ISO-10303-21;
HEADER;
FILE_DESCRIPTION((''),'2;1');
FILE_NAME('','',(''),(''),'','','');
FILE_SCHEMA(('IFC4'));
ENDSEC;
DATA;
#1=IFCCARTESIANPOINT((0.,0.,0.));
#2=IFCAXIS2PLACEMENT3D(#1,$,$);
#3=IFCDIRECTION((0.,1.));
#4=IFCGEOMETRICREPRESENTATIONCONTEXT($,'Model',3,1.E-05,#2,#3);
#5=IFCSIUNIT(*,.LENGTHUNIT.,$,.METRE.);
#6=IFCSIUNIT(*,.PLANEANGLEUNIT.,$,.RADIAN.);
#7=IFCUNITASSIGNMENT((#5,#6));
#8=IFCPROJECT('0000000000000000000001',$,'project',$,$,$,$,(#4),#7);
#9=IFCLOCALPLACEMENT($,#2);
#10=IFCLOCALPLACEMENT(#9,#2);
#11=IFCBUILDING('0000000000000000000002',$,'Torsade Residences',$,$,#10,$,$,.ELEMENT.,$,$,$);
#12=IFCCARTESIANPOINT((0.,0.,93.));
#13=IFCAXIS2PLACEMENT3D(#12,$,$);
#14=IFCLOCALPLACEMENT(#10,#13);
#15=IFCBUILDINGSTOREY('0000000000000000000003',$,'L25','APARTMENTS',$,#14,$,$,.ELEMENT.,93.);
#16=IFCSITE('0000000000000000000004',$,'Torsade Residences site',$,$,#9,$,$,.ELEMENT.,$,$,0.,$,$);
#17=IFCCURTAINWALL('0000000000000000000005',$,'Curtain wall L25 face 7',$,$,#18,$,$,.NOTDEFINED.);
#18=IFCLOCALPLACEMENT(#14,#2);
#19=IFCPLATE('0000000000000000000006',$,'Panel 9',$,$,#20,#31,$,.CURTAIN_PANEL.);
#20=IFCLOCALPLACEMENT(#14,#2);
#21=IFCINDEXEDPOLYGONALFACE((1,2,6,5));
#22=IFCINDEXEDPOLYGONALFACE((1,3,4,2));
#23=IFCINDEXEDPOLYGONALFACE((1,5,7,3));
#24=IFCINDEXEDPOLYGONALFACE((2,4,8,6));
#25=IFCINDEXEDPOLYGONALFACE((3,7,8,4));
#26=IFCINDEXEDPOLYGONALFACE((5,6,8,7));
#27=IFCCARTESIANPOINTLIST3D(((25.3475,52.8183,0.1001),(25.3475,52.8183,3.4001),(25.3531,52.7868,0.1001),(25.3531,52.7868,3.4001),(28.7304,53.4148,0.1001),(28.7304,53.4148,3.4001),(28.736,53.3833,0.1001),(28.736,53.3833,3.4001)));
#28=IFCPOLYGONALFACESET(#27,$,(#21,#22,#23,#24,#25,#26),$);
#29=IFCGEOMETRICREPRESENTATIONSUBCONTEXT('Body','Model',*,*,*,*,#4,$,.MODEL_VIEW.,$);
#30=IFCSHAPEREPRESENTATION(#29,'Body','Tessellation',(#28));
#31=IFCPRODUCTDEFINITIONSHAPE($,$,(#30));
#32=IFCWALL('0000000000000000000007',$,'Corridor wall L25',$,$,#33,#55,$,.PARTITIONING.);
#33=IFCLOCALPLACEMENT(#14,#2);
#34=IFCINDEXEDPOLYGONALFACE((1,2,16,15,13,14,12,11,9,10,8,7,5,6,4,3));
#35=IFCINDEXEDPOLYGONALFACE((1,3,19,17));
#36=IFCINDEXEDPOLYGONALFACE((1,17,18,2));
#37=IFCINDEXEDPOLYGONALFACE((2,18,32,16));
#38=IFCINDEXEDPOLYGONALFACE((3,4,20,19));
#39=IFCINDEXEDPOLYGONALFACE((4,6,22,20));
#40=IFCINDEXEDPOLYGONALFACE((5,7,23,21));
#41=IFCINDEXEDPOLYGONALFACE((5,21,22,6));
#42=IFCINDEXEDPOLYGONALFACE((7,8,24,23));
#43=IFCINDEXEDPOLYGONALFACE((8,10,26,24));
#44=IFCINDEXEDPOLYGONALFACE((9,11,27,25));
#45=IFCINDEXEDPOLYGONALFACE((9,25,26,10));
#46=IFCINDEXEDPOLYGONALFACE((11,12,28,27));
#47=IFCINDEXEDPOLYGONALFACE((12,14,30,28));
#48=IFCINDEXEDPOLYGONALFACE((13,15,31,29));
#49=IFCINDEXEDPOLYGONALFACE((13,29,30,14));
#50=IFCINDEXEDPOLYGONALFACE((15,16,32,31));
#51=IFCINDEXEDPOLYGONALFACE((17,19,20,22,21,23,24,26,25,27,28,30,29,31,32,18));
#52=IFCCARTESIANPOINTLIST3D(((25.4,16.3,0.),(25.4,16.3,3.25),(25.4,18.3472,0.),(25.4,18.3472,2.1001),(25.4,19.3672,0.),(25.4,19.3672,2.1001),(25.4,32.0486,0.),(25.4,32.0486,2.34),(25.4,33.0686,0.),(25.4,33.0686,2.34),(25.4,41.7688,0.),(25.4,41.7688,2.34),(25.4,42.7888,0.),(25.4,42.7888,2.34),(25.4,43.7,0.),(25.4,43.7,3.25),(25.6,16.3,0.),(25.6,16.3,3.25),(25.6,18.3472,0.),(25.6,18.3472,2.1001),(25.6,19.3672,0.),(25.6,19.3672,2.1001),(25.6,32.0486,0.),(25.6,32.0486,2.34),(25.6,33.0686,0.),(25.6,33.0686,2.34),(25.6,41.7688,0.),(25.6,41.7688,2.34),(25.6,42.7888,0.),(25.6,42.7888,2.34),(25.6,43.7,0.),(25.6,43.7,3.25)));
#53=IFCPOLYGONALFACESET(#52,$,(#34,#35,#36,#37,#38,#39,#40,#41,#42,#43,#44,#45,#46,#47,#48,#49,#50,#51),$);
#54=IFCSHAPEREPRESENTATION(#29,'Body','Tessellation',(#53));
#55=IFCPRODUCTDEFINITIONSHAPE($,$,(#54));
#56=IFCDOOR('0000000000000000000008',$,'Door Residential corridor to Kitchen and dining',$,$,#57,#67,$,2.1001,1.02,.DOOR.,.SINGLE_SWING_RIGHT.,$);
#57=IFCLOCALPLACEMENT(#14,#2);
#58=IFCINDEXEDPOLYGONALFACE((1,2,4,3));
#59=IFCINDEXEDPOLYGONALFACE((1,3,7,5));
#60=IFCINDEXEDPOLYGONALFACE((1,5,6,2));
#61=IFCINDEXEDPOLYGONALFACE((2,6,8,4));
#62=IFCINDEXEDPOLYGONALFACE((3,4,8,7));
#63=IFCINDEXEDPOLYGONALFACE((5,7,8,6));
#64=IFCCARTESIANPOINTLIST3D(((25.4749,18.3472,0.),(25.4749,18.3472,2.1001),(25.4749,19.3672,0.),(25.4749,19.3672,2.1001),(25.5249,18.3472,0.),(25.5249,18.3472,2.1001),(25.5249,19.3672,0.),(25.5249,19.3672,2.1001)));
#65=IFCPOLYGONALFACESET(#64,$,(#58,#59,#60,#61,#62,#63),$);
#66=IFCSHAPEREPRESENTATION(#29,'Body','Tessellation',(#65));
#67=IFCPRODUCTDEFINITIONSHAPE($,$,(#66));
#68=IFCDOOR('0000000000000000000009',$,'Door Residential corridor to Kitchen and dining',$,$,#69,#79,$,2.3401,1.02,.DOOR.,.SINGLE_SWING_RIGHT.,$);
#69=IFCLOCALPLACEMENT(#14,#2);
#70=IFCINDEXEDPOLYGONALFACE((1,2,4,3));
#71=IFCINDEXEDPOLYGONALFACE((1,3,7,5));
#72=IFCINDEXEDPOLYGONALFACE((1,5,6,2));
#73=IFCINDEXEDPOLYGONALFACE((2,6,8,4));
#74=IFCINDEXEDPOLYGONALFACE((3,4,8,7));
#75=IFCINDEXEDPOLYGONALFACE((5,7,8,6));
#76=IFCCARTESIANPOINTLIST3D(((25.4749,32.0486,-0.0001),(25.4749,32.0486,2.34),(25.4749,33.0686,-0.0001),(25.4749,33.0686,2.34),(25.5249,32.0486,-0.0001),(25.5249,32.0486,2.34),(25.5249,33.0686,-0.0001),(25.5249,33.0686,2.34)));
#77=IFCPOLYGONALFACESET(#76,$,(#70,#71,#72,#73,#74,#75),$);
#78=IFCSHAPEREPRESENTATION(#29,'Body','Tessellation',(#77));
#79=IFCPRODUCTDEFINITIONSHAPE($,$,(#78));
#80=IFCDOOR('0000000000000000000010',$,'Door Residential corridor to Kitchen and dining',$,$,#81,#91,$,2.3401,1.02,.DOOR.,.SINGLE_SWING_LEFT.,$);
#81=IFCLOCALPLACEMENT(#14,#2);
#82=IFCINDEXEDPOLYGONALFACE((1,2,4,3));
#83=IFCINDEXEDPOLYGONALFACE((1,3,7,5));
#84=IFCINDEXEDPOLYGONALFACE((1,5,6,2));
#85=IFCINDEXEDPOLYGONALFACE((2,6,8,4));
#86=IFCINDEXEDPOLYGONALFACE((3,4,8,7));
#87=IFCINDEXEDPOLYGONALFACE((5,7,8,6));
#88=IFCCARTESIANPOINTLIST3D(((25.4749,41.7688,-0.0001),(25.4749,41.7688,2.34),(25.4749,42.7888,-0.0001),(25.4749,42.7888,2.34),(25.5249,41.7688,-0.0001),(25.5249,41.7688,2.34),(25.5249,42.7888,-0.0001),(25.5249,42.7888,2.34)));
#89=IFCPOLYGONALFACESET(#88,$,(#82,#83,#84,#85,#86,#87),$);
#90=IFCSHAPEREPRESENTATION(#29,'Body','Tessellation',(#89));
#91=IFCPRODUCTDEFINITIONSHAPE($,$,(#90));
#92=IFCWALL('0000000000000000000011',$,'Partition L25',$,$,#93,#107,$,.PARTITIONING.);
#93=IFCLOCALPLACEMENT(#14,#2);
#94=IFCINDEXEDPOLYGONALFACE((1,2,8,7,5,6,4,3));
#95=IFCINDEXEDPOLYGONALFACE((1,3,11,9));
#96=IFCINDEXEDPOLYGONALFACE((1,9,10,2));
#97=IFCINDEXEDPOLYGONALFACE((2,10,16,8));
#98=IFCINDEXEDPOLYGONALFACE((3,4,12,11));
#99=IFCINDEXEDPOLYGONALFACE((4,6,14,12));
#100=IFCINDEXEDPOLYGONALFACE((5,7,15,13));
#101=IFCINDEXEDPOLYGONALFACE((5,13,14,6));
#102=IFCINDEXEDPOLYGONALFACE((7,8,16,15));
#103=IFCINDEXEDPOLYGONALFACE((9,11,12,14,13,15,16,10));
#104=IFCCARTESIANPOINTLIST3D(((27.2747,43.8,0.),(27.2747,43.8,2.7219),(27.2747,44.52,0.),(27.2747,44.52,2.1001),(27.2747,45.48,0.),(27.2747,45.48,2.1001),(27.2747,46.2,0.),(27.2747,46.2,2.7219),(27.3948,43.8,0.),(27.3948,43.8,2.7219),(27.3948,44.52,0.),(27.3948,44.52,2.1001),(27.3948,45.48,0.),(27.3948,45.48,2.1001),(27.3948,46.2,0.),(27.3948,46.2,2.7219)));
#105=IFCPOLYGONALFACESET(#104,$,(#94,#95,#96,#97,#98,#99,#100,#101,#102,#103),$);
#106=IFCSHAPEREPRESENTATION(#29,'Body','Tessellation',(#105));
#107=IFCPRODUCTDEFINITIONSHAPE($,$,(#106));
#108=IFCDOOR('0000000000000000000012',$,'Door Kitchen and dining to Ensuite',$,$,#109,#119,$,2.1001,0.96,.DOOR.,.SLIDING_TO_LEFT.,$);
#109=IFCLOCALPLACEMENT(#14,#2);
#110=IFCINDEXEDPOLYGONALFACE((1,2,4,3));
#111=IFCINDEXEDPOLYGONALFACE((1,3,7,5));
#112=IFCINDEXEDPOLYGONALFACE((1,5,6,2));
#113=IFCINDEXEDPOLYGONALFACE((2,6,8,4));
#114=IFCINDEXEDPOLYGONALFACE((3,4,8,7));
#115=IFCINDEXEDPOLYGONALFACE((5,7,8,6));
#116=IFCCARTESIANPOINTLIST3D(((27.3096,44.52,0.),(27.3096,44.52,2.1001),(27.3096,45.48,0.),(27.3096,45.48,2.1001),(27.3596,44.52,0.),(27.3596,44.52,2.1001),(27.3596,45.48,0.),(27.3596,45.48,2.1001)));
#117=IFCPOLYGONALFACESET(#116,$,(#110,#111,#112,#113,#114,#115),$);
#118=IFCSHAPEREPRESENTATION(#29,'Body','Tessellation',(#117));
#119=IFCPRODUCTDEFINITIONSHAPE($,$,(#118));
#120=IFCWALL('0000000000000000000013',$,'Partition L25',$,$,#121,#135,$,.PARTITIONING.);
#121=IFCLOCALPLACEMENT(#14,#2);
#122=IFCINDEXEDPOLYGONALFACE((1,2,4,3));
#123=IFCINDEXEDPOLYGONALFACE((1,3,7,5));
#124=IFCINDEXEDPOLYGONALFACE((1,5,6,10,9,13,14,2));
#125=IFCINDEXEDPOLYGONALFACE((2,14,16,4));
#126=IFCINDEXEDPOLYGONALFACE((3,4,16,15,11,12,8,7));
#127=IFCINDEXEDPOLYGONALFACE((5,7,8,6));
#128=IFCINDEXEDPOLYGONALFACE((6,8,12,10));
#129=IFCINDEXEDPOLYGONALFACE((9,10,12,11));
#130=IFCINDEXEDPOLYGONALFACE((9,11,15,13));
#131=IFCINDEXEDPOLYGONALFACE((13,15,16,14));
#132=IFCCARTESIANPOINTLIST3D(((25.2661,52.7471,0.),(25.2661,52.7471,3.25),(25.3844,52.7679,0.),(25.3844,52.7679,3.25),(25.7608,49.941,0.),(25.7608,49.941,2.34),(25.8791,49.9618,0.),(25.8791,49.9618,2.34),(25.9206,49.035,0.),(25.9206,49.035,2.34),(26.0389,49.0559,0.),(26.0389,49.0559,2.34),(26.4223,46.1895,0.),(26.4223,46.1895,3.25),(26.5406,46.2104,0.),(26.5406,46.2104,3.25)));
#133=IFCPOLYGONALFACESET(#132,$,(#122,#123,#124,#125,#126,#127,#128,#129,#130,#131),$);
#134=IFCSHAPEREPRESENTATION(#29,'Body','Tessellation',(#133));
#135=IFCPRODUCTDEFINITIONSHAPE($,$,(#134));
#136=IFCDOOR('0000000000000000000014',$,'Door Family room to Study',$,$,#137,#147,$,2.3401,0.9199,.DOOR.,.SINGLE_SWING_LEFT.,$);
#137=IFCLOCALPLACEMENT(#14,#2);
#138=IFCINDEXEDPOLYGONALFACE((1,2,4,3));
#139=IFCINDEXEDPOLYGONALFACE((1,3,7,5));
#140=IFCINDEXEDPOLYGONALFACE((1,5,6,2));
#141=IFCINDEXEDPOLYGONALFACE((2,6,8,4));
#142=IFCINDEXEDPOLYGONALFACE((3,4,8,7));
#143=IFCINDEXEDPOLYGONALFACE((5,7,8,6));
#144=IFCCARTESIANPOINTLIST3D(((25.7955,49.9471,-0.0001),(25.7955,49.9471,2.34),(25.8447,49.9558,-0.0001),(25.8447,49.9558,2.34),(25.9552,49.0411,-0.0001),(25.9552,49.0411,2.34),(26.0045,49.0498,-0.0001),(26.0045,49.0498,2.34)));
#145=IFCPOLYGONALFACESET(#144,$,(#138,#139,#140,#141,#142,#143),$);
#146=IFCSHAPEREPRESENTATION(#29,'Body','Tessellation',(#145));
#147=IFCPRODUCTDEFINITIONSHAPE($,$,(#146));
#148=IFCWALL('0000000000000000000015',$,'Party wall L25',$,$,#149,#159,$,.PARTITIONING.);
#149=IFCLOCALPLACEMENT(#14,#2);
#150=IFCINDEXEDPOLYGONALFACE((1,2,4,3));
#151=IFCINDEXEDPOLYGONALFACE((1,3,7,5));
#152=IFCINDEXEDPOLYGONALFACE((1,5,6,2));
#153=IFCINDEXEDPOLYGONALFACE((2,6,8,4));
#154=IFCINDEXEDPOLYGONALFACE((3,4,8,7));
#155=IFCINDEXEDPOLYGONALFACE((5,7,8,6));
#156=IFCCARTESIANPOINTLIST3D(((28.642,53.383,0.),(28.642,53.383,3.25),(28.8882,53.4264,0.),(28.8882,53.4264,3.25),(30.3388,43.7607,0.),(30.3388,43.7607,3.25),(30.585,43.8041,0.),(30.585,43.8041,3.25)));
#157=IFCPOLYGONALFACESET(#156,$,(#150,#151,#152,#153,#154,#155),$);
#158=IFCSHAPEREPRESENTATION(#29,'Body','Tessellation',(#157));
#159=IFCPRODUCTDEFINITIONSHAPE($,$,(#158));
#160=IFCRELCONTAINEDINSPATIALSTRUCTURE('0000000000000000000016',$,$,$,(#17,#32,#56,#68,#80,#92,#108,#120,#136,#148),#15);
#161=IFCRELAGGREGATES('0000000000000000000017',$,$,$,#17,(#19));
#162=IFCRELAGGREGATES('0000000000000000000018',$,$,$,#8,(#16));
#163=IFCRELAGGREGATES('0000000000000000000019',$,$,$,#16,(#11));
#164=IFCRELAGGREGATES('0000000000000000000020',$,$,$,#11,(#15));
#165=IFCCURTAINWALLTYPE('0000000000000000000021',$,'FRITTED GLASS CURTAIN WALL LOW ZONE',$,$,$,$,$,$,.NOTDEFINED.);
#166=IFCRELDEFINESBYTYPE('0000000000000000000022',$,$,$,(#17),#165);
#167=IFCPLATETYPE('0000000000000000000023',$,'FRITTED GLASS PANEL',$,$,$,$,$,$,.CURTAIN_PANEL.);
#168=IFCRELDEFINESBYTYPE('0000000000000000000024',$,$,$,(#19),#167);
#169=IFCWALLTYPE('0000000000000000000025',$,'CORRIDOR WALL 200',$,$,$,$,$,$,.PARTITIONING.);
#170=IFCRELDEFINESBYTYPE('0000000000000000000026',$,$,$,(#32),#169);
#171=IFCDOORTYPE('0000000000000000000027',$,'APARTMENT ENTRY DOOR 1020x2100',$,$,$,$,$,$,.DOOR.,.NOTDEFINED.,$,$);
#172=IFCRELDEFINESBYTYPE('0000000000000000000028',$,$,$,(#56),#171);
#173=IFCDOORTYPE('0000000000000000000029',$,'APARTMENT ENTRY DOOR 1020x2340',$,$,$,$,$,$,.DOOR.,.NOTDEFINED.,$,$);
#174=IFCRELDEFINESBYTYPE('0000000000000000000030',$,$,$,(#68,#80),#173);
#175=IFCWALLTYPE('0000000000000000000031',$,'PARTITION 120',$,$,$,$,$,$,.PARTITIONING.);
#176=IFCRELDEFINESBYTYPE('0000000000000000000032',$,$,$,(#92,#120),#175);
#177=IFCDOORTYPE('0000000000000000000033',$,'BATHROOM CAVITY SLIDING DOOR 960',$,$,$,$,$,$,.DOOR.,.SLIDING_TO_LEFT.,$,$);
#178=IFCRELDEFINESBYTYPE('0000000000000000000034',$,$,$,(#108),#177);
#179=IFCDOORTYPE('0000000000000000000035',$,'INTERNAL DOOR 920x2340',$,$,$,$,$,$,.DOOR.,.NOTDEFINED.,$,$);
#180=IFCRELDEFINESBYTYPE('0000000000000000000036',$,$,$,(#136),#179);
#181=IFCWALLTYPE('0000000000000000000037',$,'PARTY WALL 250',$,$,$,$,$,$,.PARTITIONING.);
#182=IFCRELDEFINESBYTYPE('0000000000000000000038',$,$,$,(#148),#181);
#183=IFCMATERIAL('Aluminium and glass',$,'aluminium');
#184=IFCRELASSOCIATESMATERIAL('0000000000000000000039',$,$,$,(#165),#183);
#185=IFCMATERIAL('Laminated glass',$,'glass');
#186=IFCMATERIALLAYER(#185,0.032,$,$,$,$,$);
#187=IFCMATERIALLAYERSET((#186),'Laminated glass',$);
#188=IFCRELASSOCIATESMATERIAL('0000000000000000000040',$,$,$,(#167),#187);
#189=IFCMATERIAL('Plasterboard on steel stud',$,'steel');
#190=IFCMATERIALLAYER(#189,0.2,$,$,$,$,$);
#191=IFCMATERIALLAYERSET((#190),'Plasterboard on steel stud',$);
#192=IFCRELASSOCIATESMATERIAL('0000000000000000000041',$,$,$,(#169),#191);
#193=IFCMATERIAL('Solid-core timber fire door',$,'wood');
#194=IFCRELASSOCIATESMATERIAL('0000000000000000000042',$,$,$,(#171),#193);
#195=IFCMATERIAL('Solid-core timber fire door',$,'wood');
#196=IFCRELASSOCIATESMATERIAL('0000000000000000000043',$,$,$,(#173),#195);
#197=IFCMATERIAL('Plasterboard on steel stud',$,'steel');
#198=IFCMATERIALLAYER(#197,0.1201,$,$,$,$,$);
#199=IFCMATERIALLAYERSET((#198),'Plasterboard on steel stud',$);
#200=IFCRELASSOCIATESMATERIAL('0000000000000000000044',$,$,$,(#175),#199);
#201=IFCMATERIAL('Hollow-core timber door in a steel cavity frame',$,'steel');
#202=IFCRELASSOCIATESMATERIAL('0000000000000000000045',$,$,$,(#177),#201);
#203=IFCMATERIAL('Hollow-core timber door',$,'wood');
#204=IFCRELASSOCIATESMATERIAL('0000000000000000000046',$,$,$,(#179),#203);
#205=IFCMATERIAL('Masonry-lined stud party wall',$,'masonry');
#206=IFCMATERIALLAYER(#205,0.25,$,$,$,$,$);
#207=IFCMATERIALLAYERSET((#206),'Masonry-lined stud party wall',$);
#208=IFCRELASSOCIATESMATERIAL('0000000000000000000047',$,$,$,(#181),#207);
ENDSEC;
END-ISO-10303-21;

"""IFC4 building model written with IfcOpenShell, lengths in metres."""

from ifc_helpers import new_model, si_unit, direction, frame, frame_2d, origin, origin_2d, place, context, subcontext, project, spatial, rectangle, extrude, material, layer, layer_set, type_object, element, fill, aggregate, save


model = new_model("IFC4")

# Units and contexts
model_context = context("Model", 3, precision=1e-05, world=origin(), true_north=direction((0.0, 1.0)))
body_context = subcontext(model_context, "Body", "Model", "MODEL_VIEW")
ifc_project = project(units=[si_unit("LENGTHUNIT", "METRE"), si_unit("PLANEANGLEUNIT", "RADIAN")], contexts=[model_context])

# Site, building, storey
site_placement = place(None, origin())
site = spatial("IfcSite", under=ifc_project, at=site_placement, Name="Torsade Residences site", CompositionType="ELEMENT", RefElevation=0.0)
building_placement = place(site_placement, origin())
building = spatial("IfcBuilding", under=site, at=building_placement, Name="Torsade Residences", CompositionType="ELEMENT")
storey_placement = place(building_placement, frame((0.0, 0.0, 93.0)))
storey = spatial("IfcBuildingStorey", under=building, at=storey_placement, Name="L25", Description="APARTMENTS", CompositionType="ELEMENT", Elevation=93.0)

# Curtain wall
ifc_material_1 = material(Name="Aluminium and glass", Category="aluminium")
curtain_wall_type = type_object("IfcCurtainWallType", Name="FRITTED GLASS CURTAIN WALL LOW ZONE", PredefinedType="NOTDEFINED", material=ifc_material_1)
curtain_wall_placement = place(storey_placement, origin())
curtain_wall = element("IfcCurtainWall", 1, at=curtain_wall_placement, inside=storey, type_object=curtain_wall_type, Name="Curtain wall L25 face 7", PredefinedType="NOTDEFINED")

# Plate
ifc_material_2 = material(Name="Laminated glass", Category="glass")
ifc_layer_1 = layer(ifc_material_2, 0.032)
ifc_layer_set_1 = layer_set([ifc_layer_1], Name="Laminated glass")
plate_type = type_object("IfcPlateType", Name="FRITTED GLASS PANEL", PredefinedType="CURTAIN_PANEL", material=ifc_layer_set_1)
plate_1_placement = place(storey_placement, frame((27.0417, 53.1008, 0.1001), z_axis=(0.0, 0.0, 1.0), x_axis=(-0.984808, -0.173648, 0.0)))
plate_1 = element("IfcPlate", 2, at=plate_1_placement, type_object=plate_type, Name="Panel 9", PredefinedType="CURTAIN_PANEL", context=body_context, shape_type="SweptSolid", body=[
    extrude(rectangle(XDim=3.4351, YDim=0.032, at=origin_2d()), origin(), (0.0, 0.0, 1.0), 3.3),
])
aggregate(curtain_wall, [plate_1])

# Wall, openings, doors
ifc_material_3 = material(Name="Plasterboard on steel stud", Category="steel")
ifc_layer_2 = layer(ifc_material_3, 0.2)
ifc_layer_set_2 = layer_set([ifc_layer_2], Name="Plasterboard on steel stud")
wall_type_1 = type_object("IfcWallType", Name="CORRIDOR WALL 200", PredefinedType="PARTITIONING", material=ifc_layer_set_2)
wall_1_placement = place(storey_placement, frame((25.5, 43.7, 0.0), z_axis=(0.0, 0.0, 1.0), x_axis=(0.0, -1.0, 0.0)))
wall_1 = element("IfcWall", 3, at=wall_1_placement, inside=storey, type_object=wall_type_1, Name="Corridor wall L25", PredefinedType="PARTITIONING", context=body_context, shape_type="SweptSolid", body=[
    extrude(rectangle(XDim=27.3999, YDim=0.2, at=frame_2d((13.7, 0.0))), origin(), (0.0, 0.0, 1.0), 3.25),
])
opening_1_placement = place(wall_1_placement, frame((24.3328, 0.0, 0.0)))
opening_1 = element("IfcOpeningElement", 4, at=opening_1_placement, cuts=wall_1, PredefinedType="OPENING", context=body_context, shape_type="SweptSolid", body=[
    extrude(rectangle(XDim=1.02, YDim=2.1001, at=frame_2d((0.51, 1.05))), frame((0.0, 0.1099, 0.0), z_axis=(0.0, -1.0, 0.0), x_axis=(1.0, 0.0, 0.0)), (0.0, 0.0, 1.0), 0.22),
])
opening_2_placement = place(wall_1_placement, frame((10.6313, 0.0, 0.0)))
opening_2 = element("IfcOpeningElement", 5, at=opening_2_placement, cuts=wall_1, PredefinedType="OPENING", context=body_context, shape_type="SweptSolid", body=[
    extrude(rectangle(XDim=1.02, YDim=2.3401, at=frame_2d((0.51, 1.1699))), frame((0.0, 0.1099, 0.0), z_axis=(0.0, -1.0, 0.0), x_axis=(1.0, 0.0, 0.0)), (0.0, 0.0, 1.0), 0.22),
])
opening_3_placement = place(wall_1_placement, frame((0.9111, 0.0, 0.0)))
opening_3 = element("IfcOpeningElement", 6, at=opening_3_placement, cuts=wall_1, PredefinedType="OPENING", context=body_context, shape_type="SweptSolid", body=[
    extrude(rectangle(XDim=1.02, YDim=2.3401, at=frame_2d((0.51, 1.1699))), frame((0.0, 0.1099, 0.0), z_axis=(0.0, -1.0, 0.0), x_axis=(1.0, 0.0, 0.0)), (0.0, 0.0, 1.0), 0.22),
])
ifc_material_4 = material(Name="Solid-core timber fire door", Category="wood")
door_type_1 = type_object("IfcDoorType", Name="APARTMENT ENTRY DOOR 1020x2100", OperationType="NOTDEFINED", PredefinedType="DOOR", material=ifc_material_4)
door_1_placement = place(opening_1_placement, origin())
door_1 = element("IfcDoor", 7, at=door_1_placement, inside=storey, type_object=door_type_1, Name="Door Residential corridor to Kitchen and dining", OperationType="SINGLE_SWING_RIGHT", OverallHeight=2.1001, OverallWidth=1.02, PredefinedType="DOOR", context=body_context, shape_type="SweptSolid", body=[
    extrude(rectangle(XDim=1.02, YDim=2.1001, at=frame_2d((0.51, 1.05))), frame((0.0, 0.0249, 0.0), z_axis=(0.0, -1.0, 0.0), x_axis=(1.0, 0.0, 0.0)), (0.0, 0.0, 1.0), 0.05),
])
fill(opening_1, door_1)
ifc_material_5 = material(Name="Solid-core timber fire door", Category="wood")
door_type_2 = type_object("IfcDoorType", Name="APARTMENT ENTRY DOOR 1020x2340", OperationType="NOTDEFINED", PredefinedType="DOOR", material=ifc_material_5)
door_2_placement = place(opening_2_placement, origin())
door_2 = element("IfcDoor", 8, at=door_2_placement, inside=storey, type_object=door_type_2, Name="Door Residential corridor to Kitchen and dining", OperationType="SINGLE_SWING_RIGHT", OverallHeight=2.3401, OverallWidth=1.02, PredefinedType="DOOR", context=body_context, shape_type="SweptSolid", body=[
    extrude(rectangle(XDim=1.02, YDim=2.3401, at=frame_2d((0.51, 1.1699))), frame((0.0, 0.0249, 0.0), z_axis=(0.0, -1.0, 0.0), x_axis=(1.0, 0.0, 0.0)), (0.0, 0.0, 1.0), 0.05),
])
fill(opening_2, door_2)
door_3_placement = place(opening_3_placement, origin())
door_3 = element("IfcDoor", 9, at=door_3_placement, inside=storey, type_object=door_type_2, Name="Door Residential corridor to Kitchen and dining", OperationType="SINGLE_SWING_LEFT", OverallHeight=2.3401, OverallWidth=1.02, PredefinedType="DOOR", context=body_context, shape_type="SweptSolid", body=[
    extrude(rectangle(XDim=1.02, YDim=2.3401, at=frame_2d((0.51, 1.1699))), frame((0.0, 0.0249, 0.0), z_axis=(0.0, -1.0, 0.0), x_axis=(1.0, 0.0, 0.0)), (0.0, 0.0, 1.0), 0.05),
])
fill(opening_3, door_3)

# Walls, openings, doors
ifc_material_6 = material(Name="Plasterboard on steel stud", Category="steel")
ifc_layer_3 = layer(ifc_material_6, 0.1201)
ifc_layer_set_3 = layer_set([ifc_layer_3], Name="Plasterboard on steel stud")
wall_type_2 = type_object("IfcWallType", Name="PARTITION 120", PredefinedType="PARTITIONING", material=ifc_layer_set_3)
wall_2_placement = place(storey_placement, frame((27.3347, 46.2, 0.0), z_axis=(0.0, 0.0, 1.0), x_axis=(0.0, -1.0, 0.0)))
wall_2 = element("IfcWall", 10, at=wall_2_placement, inside=storey, type_object=wall_type_2, Name="Partition L25", PredefinedType="PARTITIONING", context=body_context, shape_type="SweptSolid", body=[
    extrude(rectangle(XDim=2.3999, YDim=0.1201, at=frame_2d((1.2, 0.0))), origin(), (0.0, 0.0, 1.0), 2.7219),
])
opening_4_placement = place(wall_2_placement, frame((0.72, 0.0, 0.0)))
opening_4 = element("IfcOpeningElement", 11, at=opening_4_placement, cuts=wall_2, PredefinedType="OPENING", context=body_context, shape_type="SweptSolid", body=[
    extrude(rectangle(XDim=0.96, YDim=2.1001, at=frame_2d((0.48, 1.05))), frame((0.0, 0.0701, 0.0), z_axis=(0.0, -1.0, 0.0), x_axis=(1.0, 0.0, 0.0)), (0.0, 0.0, 1.0), 0.1401),
])
ifc_material_7 = material(Name="Hollow-core timber door in a steel cavity frame", Category="steel")
door_type_3 = type_object("IfcDoorType", Name="BATHROOM CAVITY SLIDING DOOR 960", OperationType="SLIDING_TO_LEFT", PredefinedType="DOOR", material=ifc_material_7)
door_4_placement = place(opening_4_placement, origin())
door_4 = element("IfcDoor", 12, at=door_4_placement, inside=storey, type_object=door_type_3, Name="Door Kitchen and dining to Ensuite", OperationType="SLIDING_TO_LEFT", OverallHeight=2.1001, OverallWidth=0.96, PredefinedType="DOOR", context=body_context, shape_type="SweptSolid", body=[
    extrude(rectangle(XDim=0.96, YDim=2.1001, at=frame_2d((0.48, 1.05))), frame((0.0, 0.0249, 0.0), z_axis=(0.0, -1.0, 0.0), x_axis=(1.0, 0.0, 0.0)), (0.0, 0.0, 1.0), 0.05),
])
fill(opening_4, door_4)
wall_3_placement = place(storey_placement, frame((26.4814, 46.2, 0.0), z_axis=(0.0, 0.0, 1.0), x_axis=(-0.173643, 0.984809, 0.0)))
wall_3 = element("IfcWall", 13, at=wall_3_placement, inside=storey, type_object=wall_type_2, Name="Partition L25", PredefinedType="PARTITIONING", context=body_context, shape_type="SweptSolid", body=[
    extrude(rectangle(XDim=6.6587, YDim=0.1201, at=frame_2d((3.3293, 0.0))), origin(), (0.0, 0.0, 1.0), 3.25),
])
opening_5_placement = place(wall_3_placement, frame((2.8894, 0.0, 0.0)))
opening_5 = element("IfcOpeningElement", 14, at=opening_5_placement, cuts=wall_3, PredefinedType="OPENING", context=body_context, shape_type="SweptSolid", body=[
    extrude(rectangle(XDim=0.9199, YDim=2.3401, at=frame_2d((0.46, 1.1699))), frame((0.0, 0.0701, 0.0), z_axis=(0.0, -1.0, 0.0), x_axis=(1.0, 0.0, 0.0)), (0.0, 0.0, 1.0), 0.1401),
])
ifc_material_8 = material(Name="Hollow-core timber door", Category="wood")
door_type_4 = type_object("IfcDoorType", Name="INTERNAL DOOR 920x2340", OperationType="NOTDEFINED", PredefinedType="DOOR", material=ifc_material_8)
door_5_placement = place(opening_5_placement, origin())
door_5 = element("IfcDoor", 15, at=door_5_placement, inside=storey, type_object=door_type_4, Name="Door Family room to Study", OperationType="SINGLE_SWING_LEFT", OverallHeight=2.3401, OverallWidth=0.9199, PredefinedType="DOOR", context=body_context, shape_type="SweptSolid", body=[
    extrude(rectangle(XDim=0.9199, YDim=2.3401, at=frame_2d((0.46, 1.1699))), frame((0.0, 0.0249, 0.0), z_axis=(0.0, -1.0, 0.0), x_axis=(1.0, 0.0, 0.0)), (0.0, 0.0, 1.0), 0.05),
])
fill(opening_5, door_5)

# Wall
ifc_material_9 = material(Name="Masonry-lined stud party wall", Category="masonry")
ifc_layer_4 = layer(ifc_material_9, 0.25)
ifc_layer_set_4 = layer_set([ifc_layer_4], Name="Masonry-lined stud party wall")
wall_type_3 = type_object("IfcWallType", Name="PARTY WALL 250", PredefinedType="PARTITIONING", material=ifc_layer_set_4)
wall_4_placement = place(storey_placement, frame((28.7651, 53.4045, 0.0), z_axis=(0.0, 0.0, 1.0), x_axis=(0.173658, -0.984806, 0.0)))
element("IfcWall", 16, at=wall_4_placement, inside=storey, type_object=wall_type_3, Name="Party wall L25", PredefinedType="PARTITIONING", context=body_context, shape_type="SweptSolid", body=[
    extrude(rectangle(XDim=9.7708, YDim=0.25, at=frame_2d((4.8853, 0.0))), origin(), (0.0, 0.0, 1.0), 3.25),
])

save(model, "model.ifc")
